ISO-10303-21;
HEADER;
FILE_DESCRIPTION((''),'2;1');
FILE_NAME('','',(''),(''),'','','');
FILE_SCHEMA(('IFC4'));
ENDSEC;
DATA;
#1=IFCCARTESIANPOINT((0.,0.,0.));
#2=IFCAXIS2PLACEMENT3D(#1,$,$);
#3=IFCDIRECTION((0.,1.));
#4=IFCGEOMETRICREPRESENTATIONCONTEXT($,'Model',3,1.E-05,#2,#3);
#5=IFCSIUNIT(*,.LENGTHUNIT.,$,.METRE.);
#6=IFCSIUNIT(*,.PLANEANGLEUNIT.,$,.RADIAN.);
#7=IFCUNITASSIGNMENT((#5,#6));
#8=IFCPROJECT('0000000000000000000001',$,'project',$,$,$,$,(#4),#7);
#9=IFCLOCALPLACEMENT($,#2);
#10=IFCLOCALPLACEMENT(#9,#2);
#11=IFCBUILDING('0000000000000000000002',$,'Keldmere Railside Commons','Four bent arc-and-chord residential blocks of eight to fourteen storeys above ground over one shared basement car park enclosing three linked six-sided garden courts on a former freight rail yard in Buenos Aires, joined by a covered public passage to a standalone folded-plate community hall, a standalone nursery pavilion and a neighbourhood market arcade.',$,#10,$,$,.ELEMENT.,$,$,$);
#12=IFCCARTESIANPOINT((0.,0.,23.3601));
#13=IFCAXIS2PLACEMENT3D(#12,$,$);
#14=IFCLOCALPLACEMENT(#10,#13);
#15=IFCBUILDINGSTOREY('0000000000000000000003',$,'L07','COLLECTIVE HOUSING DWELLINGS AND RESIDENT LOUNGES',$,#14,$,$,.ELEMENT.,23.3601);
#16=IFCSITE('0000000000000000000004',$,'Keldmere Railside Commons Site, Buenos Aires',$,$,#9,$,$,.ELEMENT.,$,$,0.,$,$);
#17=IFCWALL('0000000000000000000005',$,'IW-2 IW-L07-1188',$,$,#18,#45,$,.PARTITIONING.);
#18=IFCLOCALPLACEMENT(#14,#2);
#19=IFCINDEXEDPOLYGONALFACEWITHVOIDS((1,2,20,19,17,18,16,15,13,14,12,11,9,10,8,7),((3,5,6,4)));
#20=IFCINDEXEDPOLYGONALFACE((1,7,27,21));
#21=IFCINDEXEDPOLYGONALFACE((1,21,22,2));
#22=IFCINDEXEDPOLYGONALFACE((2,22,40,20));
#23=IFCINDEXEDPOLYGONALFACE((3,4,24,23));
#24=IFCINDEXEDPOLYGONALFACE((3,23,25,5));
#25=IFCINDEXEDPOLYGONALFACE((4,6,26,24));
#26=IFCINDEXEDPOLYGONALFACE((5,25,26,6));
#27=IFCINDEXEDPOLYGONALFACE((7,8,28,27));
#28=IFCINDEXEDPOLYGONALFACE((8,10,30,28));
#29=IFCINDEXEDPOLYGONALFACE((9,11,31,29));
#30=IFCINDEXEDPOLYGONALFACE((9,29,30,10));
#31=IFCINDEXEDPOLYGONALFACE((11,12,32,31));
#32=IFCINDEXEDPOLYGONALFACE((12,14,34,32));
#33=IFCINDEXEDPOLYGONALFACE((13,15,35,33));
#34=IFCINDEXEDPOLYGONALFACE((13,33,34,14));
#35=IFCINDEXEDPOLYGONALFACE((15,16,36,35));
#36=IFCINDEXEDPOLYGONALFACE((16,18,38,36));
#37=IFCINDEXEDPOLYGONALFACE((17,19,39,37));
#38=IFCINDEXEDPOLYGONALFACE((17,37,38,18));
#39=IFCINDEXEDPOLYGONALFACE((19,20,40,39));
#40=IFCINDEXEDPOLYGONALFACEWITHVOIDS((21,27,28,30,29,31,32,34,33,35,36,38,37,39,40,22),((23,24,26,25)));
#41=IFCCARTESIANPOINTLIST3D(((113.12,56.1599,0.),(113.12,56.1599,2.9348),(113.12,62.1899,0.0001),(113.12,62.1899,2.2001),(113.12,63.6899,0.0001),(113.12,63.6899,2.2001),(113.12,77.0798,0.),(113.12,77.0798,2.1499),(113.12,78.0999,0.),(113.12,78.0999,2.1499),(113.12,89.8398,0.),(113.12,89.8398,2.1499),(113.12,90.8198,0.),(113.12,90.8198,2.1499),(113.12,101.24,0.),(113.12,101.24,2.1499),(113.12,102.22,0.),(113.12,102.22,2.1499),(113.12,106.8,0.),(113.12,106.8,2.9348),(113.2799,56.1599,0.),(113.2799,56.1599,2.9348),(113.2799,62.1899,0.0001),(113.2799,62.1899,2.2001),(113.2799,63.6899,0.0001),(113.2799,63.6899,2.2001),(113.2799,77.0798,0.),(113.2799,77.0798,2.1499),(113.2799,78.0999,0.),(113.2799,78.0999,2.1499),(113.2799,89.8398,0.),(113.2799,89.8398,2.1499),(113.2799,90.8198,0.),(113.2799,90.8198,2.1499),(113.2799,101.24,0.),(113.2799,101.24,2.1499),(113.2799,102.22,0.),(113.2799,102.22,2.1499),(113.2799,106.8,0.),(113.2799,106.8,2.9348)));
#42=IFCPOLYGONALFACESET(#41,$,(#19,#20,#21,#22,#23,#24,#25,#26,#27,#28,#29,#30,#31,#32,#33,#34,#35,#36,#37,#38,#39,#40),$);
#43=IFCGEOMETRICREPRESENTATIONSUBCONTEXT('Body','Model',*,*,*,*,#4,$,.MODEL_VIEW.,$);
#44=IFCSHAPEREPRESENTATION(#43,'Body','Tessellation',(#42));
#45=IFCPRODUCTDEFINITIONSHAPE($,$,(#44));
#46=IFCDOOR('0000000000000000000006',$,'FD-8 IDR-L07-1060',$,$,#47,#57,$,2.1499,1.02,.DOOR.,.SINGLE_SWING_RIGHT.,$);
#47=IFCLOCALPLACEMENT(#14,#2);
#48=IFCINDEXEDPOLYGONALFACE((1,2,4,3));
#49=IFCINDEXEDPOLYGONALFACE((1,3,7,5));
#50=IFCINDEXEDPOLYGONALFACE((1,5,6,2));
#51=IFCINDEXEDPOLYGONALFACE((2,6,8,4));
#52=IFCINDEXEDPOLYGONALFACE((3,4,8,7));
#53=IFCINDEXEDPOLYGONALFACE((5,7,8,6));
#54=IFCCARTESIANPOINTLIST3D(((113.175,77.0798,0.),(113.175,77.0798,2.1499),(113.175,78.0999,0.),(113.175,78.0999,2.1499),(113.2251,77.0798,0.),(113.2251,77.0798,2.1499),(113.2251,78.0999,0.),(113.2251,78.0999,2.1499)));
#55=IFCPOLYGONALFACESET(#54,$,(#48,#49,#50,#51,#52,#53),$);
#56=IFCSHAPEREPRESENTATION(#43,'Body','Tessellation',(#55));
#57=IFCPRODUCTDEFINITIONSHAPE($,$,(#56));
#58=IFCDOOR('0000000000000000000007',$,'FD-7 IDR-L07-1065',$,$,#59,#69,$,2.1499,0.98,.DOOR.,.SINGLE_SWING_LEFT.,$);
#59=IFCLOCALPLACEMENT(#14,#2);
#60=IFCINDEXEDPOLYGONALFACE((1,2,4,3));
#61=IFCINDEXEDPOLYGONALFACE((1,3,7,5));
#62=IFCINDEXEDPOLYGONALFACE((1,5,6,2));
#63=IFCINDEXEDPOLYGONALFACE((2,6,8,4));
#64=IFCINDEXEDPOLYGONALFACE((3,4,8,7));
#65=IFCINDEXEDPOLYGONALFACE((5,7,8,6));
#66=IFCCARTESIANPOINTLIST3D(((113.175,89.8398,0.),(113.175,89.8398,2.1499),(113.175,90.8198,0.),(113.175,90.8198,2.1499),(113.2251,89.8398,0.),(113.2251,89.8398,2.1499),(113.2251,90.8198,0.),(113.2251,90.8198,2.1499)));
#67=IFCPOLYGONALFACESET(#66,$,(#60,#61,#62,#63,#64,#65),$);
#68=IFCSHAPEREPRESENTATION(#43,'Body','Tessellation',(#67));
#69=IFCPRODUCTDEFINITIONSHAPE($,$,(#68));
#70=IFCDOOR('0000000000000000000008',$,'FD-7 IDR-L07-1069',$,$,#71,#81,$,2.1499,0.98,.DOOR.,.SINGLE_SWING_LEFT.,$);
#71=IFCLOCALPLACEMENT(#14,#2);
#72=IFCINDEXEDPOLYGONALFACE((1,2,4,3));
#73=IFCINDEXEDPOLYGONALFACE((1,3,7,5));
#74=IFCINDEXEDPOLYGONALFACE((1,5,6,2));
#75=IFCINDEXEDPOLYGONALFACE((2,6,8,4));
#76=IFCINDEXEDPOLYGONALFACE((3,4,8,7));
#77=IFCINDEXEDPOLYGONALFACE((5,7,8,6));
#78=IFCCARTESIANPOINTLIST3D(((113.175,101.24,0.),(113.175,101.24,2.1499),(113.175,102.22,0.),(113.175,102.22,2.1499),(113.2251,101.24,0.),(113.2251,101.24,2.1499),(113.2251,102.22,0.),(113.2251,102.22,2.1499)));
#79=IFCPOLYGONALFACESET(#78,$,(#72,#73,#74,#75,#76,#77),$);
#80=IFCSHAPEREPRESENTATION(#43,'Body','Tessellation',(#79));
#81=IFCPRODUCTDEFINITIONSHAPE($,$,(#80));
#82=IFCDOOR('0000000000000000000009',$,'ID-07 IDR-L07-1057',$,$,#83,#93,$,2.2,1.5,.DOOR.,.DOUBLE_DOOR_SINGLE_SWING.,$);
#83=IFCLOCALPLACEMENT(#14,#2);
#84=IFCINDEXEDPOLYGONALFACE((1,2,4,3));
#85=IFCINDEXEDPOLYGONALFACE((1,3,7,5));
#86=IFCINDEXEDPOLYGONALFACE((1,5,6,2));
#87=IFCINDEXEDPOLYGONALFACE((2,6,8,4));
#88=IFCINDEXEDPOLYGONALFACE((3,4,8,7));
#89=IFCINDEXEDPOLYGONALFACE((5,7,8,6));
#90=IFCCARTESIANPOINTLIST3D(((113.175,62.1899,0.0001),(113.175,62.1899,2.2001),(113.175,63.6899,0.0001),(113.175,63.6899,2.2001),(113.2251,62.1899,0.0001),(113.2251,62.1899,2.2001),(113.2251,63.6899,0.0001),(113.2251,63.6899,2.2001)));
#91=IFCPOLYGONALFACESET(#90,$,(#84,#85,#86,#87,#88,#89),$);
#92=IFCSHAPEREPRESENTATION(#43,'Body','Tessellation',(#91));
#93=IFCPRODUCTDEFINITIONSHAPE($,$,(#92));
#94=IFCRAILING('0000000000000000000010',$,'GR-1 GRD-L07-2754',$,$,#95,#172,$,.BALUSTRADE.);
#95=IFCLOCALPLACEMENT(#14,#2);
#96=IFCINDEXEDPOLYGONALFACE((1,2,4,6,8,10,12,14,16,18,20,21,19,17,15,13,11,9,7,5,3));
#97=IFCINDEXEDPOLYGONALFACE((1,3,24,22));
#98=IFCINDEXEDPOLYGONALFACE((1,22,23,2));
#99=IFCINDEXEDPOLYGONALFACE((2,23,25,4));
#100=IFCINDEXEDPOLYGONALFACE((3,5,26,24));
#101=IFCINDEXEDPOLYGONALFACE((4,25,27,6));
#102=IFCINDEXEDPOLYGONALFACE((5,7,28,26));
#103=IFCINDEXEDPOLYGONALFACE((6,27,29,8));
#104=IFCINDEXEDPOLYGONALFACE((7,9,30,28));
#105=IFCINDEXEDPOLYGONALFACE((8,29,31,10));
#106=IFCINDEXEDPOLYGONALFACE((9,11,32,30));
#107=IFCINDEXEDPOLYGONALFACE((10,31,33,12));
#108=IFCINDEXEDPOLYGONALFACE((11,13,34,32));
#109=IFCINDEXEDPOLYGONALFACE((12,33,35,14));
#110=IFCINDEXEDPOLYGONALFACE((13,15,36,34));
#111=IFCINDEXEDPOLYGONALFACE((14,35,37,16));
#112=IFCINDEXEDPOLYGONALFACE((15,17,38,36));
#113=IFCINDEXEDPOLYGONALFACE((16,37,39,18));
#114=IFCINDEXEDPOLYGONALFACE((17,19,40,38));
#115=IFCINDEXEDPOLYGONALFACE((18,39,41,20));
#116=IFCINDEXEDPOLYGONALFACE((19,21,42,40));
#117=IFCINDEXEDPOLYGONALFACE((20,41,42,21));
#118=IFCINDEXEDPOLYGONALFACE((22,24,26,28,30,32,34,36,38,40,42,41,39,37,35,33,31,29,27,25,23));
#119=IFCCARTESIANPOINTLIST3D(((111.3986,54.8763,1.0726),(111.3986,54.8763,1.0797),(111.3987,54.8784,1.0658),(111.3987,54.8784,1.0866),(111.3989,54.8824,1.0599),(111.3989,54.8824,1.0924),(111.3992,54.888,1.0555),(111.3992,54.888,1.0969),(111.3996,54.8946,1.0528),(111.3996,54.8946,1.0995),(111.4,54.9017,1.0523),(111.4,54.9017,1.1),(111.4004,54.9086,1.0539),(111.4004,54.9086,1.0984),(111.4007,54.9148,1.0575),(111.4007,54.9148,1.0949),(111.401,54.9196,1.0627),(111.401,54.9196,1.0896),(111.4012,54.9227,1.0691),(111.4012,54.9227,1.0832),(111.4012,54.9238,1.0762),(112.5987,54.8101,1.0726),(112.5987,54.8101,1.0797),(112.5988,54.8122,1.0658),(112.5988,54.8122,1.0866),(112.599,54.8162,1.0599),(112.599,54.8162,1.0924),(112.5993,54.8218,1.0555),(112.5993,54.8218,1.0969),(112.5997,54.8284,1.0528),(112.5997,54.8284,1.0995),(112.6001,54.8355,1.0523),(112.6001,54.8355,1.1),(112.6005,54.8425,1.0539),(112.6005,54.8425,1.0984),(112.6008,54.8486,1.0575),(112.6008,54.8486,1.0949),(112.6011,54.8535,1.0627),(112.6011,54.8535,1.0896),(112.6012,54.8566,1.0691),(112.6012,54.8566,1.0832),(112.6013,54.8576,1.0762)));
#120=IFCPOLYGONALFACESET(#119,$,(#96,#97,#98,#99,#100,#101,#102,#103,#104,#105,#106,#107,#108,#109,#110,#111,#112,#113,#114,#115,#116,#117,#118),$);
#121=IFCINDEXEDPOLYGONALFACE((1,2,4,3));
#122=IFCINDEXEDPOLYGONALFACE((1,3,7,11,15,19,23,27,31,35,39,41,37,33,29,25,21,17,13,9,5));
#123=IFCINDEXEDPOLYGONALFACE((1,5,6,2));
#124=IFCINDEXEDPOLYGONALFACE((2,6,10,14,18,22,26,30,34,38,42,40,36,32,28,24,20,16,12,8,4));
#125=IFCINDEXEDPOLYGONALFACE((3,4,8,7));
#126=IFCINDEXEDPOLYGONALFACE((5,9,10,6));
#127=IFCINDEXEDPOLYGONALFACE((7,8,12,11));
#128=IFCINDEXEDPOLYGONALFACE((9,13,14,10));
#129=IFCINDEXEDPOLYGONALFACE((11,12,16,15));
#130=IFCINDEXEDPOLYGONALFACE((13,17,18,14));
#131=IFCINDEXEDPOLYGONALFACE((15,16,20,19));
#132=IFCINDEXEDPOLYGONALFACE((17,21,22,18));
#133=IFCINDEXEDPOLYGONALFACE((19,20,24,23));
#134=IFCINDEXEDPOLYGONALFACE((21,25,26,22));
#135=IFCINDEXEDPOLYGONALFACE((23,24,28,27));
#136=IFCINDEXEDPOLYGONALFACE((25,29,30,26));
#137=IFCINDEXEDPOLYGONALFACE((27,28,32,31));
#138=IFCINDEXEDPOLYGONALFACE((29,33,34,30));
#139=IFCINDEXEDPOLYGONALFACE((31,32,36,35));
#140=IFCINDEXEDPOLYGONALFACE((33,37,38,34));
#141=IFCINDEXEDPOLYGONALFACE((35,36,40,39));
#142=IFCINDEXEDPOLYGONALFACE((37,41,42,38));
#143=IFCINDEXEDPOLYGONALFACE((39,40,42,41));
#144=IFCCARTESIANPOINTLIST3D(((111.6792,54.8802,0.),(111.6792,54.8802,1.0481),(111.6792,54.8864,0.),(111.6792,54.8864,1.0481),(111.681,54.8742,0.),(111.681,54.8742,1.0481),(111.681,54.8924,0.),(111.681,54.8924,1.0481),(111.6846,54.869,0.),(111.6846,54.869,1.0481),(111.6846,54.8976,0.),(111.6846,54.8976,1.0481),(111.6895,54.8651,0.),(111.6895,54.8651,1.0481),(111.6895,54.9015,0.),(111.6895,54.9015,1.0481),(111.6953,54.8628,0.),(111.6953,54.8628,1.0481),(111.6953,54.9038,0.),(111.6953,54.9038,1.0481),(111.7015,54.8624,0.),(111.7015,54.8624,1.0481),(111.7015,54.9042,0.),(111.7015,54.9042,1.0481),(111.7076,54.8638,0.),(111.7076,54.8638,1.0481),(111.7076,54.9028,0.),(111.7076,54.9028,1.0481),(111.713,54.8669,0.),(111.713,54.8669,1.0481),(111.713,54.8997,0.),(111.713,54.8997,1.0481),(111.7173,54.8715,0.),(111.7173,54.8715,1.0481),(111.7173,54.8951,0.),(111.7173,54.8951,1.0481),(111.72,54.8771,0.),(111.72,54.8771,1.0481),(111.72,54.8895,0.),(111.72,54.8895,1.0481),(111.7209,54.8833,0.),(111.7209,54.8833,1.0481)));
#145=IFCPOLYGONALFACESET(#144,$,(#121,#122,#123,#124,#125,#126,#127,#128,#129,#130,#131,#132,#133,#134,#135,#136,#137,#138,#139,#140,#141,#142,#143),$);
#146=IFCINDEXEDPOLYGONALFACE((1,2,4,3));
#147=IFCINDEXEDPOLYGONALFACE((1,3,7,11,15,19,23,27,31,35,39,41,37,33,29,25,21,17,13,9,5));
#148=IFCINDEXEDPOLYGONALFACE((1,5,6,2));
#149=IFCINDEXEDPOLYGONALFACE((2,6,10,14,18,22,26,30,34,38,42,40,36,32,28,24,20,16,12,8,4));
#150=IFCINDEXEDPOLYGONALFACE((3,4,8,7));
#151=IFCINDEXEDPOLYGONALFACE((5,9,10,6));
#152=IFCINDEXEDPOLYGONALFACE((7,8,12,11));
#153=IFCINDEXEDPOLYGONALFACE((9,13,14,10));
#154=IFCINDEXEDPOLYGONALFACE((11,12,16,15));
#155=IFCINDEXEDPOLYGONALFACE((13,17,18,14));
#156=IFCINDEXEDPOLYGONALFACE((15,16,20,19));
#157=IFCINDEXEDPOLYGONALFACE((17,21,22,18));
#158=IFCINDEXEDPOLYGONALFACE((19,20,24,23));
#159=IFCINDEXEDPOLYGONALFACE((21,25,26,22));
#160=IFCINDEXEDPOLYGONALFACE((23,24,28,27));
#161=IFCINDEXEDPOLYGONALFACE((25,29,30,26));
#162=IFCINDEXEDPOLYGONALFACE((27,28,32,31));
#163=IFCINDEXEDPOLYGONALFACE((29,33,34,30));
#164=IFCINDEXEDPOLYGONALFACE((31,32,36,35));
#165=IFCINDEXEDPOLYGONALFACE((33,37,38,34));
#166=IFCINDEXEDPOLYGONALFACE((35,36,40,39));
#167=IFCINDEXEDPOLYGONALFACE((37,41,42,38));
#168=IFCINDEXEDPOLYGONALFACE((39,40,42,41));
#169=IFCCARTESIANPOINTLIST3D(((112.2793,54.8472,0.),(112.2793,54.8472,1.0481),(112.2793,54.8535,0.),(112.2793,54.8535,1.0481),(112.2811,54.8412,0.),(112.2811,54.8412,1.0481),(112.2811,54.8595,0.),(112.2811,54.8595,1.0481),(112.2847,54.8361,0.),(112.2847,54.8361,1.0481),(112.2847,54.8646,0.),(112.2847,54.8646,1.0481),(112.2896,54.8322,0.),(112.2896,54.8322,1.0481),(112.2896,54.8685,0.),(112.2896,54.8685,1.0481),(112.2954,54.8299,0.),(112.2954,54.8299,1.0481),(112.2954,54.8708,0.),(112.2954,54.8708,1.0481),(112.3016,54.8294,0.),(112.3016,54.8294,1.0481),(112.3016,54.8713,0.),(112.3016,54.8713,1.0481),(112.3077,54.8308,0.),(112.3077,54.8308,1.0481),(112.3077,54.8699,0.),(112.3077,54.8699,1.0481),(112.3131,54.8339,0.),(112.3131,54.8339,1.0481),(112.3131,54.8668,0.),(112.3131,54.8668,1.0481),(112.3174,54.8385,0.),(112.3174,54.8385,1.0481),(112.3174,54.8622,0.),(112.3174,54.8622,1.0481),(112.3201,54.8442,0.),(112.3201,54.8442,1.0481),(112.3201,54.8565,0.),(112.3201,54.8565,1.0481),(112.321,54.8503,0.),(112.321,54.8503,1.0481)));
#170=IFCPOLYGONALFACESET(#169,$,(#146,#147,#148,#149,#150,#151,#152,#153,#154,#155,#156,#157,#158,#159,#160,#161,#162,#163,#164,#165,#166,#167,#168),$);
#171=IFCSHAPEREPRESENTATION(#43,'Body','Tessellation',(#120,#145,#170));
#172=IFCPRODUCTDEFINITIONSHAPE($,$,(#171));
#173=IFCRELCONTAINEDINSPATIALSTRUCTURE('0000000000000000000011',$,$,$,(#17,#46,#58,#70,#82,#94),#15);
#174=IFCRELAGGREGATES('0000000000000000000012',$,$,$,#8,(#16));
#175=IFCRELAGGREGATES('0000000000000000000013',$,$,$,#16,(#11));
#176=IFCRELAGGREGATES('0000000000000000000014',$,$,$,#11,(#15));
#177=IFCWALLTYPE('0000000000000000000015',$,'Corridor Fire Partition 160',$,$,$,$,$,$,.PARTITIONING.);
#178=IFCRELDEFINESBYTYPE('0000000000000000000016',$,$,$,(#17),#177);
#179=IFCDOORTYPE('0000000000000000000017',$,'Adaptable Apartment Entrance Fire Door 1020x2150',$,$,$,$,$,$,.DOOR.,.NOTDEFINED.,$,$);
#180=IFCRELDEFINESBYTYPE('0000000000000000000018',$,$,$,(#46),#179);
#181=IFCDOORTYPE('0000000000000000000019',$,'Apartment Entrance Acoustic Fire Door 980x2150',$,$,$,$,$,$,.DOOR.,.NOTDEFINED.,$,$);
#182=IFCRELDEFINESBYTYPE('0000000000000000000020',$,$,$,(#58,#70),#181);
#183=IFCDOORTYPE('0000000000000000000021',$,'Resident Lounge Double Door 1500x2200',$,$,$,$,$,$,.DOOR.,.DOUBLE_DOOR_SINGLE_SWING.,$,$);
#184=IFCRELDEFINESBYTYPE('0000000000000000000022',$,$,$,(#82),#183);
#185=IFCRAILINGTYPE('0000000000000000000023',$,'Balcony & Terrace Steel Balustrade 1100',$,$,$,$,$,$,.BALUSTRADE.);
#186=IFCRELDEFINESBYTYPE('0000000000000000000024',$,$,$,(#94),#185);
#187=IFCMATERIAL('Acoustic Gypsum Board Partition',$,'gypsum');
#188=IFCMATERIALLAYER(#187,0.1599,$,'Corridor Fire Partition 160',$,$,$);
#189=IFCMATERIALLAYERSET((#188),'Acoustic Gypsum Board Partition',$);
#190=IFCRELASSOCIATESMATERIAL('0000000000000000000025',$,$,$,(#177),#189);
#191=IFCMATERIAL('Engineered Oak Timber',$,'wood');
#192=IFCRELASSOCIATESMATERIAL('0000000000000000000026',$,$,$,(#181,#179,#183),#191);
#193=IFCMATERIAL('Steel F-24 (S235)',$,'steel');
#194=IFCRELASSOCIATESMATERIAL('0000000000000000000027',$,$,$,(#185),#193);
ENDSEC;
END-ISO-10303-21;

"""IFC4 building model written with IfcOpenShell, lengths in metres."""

from ifc_helpers import new_model, si_unit, direction, frame, frame_2d, origin, origin_2d, place, context, subcontext, project, spatial, rectangle, circle, extrude, material, layer, layer_set, type_object, element, fill, save


model = new_model("IFC4")

# Units and contexts
model_context = context("Model", 3, precision=1e-05, world=origin(), true_north=direction((0.0, 1.0)))
body_context = subcontext(model_context, "Body", "Model", "MODEL_VIEW")
ifc_project = project(units=[si_unit("LENGTHUNIT", "METRE"), si_unit("PLANEANGLEUNIT", "RADIAN")], contexts=[model_context])

# Site, building, storey
site_placement = place(None, origin())
site = spatial("IfcSite", under=ifc_project, at=site_placement, Name="Keldmere Railside Commons Site, Buenos Aires", CompositionType="ELEMENT", RefElevation=0.0)
building_placement = place(site_placement, origin())
building = spatial("IfcBuilding", under=site, at=building_placement, Name="Keldmere Railside Commons", Description="Four bent arc-and-chord residential blocks of eight to fourteen storeys above ground over one shared basement car park enclosing three linked six-sided garden courts on a former freight rail yard in Buenos Aires, joined by a covered public passage to a standalone folded-plate community hall, a standalone nursery pavilion and a neighbourhood market arcade.", CompositionType="ELEMENT")
storey_placement = place(building_placement, frame((0.0, 0.0, 23.3601)))
storey = spatial("IfcBuildingStorey", under=building, at=storey_placement, Name="L07", Description="COLLECTIVE HOUSING DWELLINGS AND RESIDENT LOUNGES", CompositionType="ELEMENT", Elevation=23.3601)

# Wall, openings, doors
ifc_material_1 = material(Name="Acoustic Gypsum Board Partition", Category="gypsum")
ifc_layer = layer(ifc_material_1, 0.1599, Name="Corridor Fire Partition 160")
ifc_layer_set = layer_set([ifc_layer], Name="Acoustic Gypsum Board Partition")
wall_type = type_object("IfcWallType", Name="Corridor Fire Partition 160", PredefinedType="PARTITIONING", material=ifc_layer_set)
ifc_material_2 = material(Name="Engineered Oak Timber", Category="wood")
door_type_1 = type_object("IfcDoorType", Name="Apartment Entrance Acoustic Fire Door 980x2150", OperationType="NOTDEFINED", PredefinedType="DOOR", material=ifc_material_2)
ifc_material_3 = material(Name="Steel F-24 (S235)", Category="steel")
wall_1_placement = place(storey_placement, frame((113.2, 56.1599, 0.0), z_axis=(0.0, 0.0, 1.0), x_axis=(0.0, 1.0, 0.0)))
wall_1 = element("IfcWall", 1, at=wall_1_placement, inside=storey, type_object=wall_type, Name="IW-2 IW-L07-1188", PredefinedType="PARTITIONING", context=body_context, shape_type="SweptSolid", body=[
    extrude(rectangle(XDim=50.6401, YDim=0.1599, at=frame_2d((25.3201, 0.0))), origin(), (0.0, 0.0, 1.0), 2.9348),
])
opening_1_placement = place(wall_1_placement, frame((6.03, 0.0, 0.0)))
opening_1 = element("IfcOpeningElement", 2, at=opening_1_placement, cuts=wall_1, PredefinedType="OPENING", context=body_context, shape_type="SweptSolid", body=[
    extrude(rectangle(XDim=1.5, YDim=2.2, at=frame_2d((0.75, 1.1001))), frame((0.0, 0.0898, 0.0), z_axis=(0.0, -1.0, 0.0), x_axis=(1.0, 0.0, 0.0)), (0.0, 0.0, 1.0), 0.1799),
])
opening_2_placement = place(wall_1_placement, frame((20.9199, 0.0, 0.0)))
opening_2 = element("IfcOpeningElement", 3, at=opening_2_placement, cuts=wall_1, PredefinedType="OPENING", context=body_context, shape_type="SweptSolid", body=[
    extrude(rectangle(XDim=1.02, YDim=2.1499, at=frame_2d((0.51, 1.075))), frame((0.0, 0.0898, 0.0), z_axis=(0.0, -1.0, 0.0), x_axis=(1.0, 0.0, 0.0)), (0.0, 0.0, 1.0), 0.1799),
])
opening_3_placement = place(wall_1_placement, frame((33.6799, 0.0, 0.0)))
opening_3 = element("IfcOpeningElement", 4, at=opening_3_placement, cuts=wall_1, PredefinedType="OPENING", context=body_context, shape_type="SweptSolid", body=[
    extrude(rectangle(XDim=0.98, YDim=2.1499, at=frame_2d((0.49, 1.075))), frame((0.0, 0.0898, 0.0), z_axis=(0.0, -1.0, 0.0), x_axis=(1.0, 0.0, 0.0)), (0.0, 0.0, 1.0), 0.1799),
])
opening_4_placement = place(wall_1_placement, frame((45.0801, 0.0, 0.0)))
opening_4 = element("IfcOpeningElement", 5, at=opening_4_placement, cuts=wall_1, PredefinedType="OPENING", context=body_context, shape_type="SweptSolid", body=[
    extrude(rectangle(XDim=0.98, YDim=2.1499, at=frame_2d((0.49, 1.075))), frame((0.0, 0.0898, 0.0), z_axis=(0.0, -1.0, 0.0), x_axis=(1.0, 0.0, 0.0)), (0.0, 0.0, 1.0), 0.1799),
])
door_type_2 = type_object("IfcDoorType", Name="Adaptable Apartment Entrance Fire Door 1020x2150", OperationType="NOTDEFINED", PredefinedType="DOOR", material=ifc_material_2)
door_1_placement = place(opening_2_placement, origin())
door_1 = element("IfcDoor", 6, at=door_1_placement, inside=storey, type_object=door_type_2, Name="FD-8 IDR-L07-1060", OperationType="SINGLE_SWING_RIGHT", OverallHeight=2.1499, OverallWidth=1.02, PredefinedType="DOOR", context=body_context, shape_type="SweptSolid", body=[
    extrude(rectangle(XDim=1.02, YDim=2.1499, at=frame_2d((0.51, 1.075))), frame((0.0, 0.0249, 0.0), z_axis=(0.0, -1.0, 0.0), x_axis=(1.0, 0.0, 0.0)), (0.0, 0.0, 1.0), 0.05),
])
fill(opening_2, door_1)
door_2_placement = place(opening_3_placement, origin())
door_2 = element("IfcDoor", 7, at=door_2_placement, inside=storey, type_object=door_type_1, Name="FD-7 IDR-L07-1065", OperationType="SINGLE_SWING_LEFT", OverallHeight=2.1499, OverallWidth=0.98, PredefinedType="DOOR", context=body_context, shape_type="SweptSolid", body=[
    extrude(rectangle(XDim=0.98, YDim=2.1499, at=frame_2d((0.49, 1.075))), frame((0.0, 0.0249, 0.0), z_axis=(0.0, -1.0, 0.0), x_axis=(1.0, 0.0, 0.0)), (0.0, 0.0, 1.0), 0.05),
])
fill(opening_3, door_2)
door_3_placement = place(opening_4_placement, origin())
door_3 = element("IfcDoor", 8, at=door_3_placement, inside=storey, type_object=door_type_1, Name="FD-7 IDR-L07-1069", OperationType="SINGLE_SWING_LEFT", OverallHeight=2.1499, OverallWidth=0.98, PredefinedType="DOOR", context=body_context, shape_type="SweptSolid", body=[
    extrude(rectangle(XDim=0.98, YDim=2.1499, at=frame_2d((0.49, 1.075))), frame((0.0, 0.0249, 0.0), z_axis=(0.0, -1.0, 0.0), x_axis=(1.0, 0.0, 0.0)), (0.0, 0.0, 1.0), 0.05),
])
fill(opening_4, door_3)
door_type_3 = type_object("IfcDoorType", Name="Resident Lounge Double Door 1500x2200", OperationType="DOUBLE_DOOR_SINGLE_SWING", PredefinedType="DOOR", material=ifc_material_2)
door_4_placement = place(opening_1_placement, origin())
door_4 = element("IfcDoor", 9, at=door_4_placement, inside=storey, type_object=door_type_3, Name="ID-07 IDR-L07-1057", OperationType="DOUBLE_DOOR_SINGLE_SWING", OverallHeight=2.2, OverallWidth=1.5, PredefinedType="DOOR", context=body_context, shape_type="SweptSolid", body=[
    extrude(rectangle(XDim=1.5, YDim=2.2, at=frame_2d((0.75, 1.1001))), frame((0.0, 0.0249, 0.0), z_axis=(0.0, -1.0, 0.0), x_axis=(1.0, 0.0, 0.0)), (0.0, 0.0, 1.0), 0.05),
])
fill(opening_1, door_4)

# Railing
railing_type = type_object("IfcRailingType", Name="Balcony & Terrace Steel Balustrade 1100", PredefinedType="BALUSTRADE", material=ifc_material_3)
railing_1_placement = place(storey_placement, frame((111.3999, 54.8999, 0.0)))
element("IfcRailing", 10, at=railing_1_placement, inside=storey, type_object=railing_type, Name="GR-1 GRD-L07-2754", PredefinedType="BALUSTRADE", context=body_context, shape_type="SweptSolid", body=[
    extrude(circle(Radius=0.0239, at=origin_2d()), frame((0.0, 0.0, 1.0762), z_axis=(0.998484, -0.055043, 0.0), x_axis=(0.055043, 0.998484, 0.0)), (0.0, 0.0, 1.0), 1.2019),
    extrude(circle(Radius=0.021, at=origin_2d()), frame((0.3, -0.0166, 0.0)), (0.0, 0.0, 1.0), 1.0481),
    extrude(circle(Radius=0.021, at=origin_2d()), frame((0.9001, -0.0496, 0.0)), (0.0, 0.0, 1.0), 1.0481),
])

save(model, "model.ifc")
